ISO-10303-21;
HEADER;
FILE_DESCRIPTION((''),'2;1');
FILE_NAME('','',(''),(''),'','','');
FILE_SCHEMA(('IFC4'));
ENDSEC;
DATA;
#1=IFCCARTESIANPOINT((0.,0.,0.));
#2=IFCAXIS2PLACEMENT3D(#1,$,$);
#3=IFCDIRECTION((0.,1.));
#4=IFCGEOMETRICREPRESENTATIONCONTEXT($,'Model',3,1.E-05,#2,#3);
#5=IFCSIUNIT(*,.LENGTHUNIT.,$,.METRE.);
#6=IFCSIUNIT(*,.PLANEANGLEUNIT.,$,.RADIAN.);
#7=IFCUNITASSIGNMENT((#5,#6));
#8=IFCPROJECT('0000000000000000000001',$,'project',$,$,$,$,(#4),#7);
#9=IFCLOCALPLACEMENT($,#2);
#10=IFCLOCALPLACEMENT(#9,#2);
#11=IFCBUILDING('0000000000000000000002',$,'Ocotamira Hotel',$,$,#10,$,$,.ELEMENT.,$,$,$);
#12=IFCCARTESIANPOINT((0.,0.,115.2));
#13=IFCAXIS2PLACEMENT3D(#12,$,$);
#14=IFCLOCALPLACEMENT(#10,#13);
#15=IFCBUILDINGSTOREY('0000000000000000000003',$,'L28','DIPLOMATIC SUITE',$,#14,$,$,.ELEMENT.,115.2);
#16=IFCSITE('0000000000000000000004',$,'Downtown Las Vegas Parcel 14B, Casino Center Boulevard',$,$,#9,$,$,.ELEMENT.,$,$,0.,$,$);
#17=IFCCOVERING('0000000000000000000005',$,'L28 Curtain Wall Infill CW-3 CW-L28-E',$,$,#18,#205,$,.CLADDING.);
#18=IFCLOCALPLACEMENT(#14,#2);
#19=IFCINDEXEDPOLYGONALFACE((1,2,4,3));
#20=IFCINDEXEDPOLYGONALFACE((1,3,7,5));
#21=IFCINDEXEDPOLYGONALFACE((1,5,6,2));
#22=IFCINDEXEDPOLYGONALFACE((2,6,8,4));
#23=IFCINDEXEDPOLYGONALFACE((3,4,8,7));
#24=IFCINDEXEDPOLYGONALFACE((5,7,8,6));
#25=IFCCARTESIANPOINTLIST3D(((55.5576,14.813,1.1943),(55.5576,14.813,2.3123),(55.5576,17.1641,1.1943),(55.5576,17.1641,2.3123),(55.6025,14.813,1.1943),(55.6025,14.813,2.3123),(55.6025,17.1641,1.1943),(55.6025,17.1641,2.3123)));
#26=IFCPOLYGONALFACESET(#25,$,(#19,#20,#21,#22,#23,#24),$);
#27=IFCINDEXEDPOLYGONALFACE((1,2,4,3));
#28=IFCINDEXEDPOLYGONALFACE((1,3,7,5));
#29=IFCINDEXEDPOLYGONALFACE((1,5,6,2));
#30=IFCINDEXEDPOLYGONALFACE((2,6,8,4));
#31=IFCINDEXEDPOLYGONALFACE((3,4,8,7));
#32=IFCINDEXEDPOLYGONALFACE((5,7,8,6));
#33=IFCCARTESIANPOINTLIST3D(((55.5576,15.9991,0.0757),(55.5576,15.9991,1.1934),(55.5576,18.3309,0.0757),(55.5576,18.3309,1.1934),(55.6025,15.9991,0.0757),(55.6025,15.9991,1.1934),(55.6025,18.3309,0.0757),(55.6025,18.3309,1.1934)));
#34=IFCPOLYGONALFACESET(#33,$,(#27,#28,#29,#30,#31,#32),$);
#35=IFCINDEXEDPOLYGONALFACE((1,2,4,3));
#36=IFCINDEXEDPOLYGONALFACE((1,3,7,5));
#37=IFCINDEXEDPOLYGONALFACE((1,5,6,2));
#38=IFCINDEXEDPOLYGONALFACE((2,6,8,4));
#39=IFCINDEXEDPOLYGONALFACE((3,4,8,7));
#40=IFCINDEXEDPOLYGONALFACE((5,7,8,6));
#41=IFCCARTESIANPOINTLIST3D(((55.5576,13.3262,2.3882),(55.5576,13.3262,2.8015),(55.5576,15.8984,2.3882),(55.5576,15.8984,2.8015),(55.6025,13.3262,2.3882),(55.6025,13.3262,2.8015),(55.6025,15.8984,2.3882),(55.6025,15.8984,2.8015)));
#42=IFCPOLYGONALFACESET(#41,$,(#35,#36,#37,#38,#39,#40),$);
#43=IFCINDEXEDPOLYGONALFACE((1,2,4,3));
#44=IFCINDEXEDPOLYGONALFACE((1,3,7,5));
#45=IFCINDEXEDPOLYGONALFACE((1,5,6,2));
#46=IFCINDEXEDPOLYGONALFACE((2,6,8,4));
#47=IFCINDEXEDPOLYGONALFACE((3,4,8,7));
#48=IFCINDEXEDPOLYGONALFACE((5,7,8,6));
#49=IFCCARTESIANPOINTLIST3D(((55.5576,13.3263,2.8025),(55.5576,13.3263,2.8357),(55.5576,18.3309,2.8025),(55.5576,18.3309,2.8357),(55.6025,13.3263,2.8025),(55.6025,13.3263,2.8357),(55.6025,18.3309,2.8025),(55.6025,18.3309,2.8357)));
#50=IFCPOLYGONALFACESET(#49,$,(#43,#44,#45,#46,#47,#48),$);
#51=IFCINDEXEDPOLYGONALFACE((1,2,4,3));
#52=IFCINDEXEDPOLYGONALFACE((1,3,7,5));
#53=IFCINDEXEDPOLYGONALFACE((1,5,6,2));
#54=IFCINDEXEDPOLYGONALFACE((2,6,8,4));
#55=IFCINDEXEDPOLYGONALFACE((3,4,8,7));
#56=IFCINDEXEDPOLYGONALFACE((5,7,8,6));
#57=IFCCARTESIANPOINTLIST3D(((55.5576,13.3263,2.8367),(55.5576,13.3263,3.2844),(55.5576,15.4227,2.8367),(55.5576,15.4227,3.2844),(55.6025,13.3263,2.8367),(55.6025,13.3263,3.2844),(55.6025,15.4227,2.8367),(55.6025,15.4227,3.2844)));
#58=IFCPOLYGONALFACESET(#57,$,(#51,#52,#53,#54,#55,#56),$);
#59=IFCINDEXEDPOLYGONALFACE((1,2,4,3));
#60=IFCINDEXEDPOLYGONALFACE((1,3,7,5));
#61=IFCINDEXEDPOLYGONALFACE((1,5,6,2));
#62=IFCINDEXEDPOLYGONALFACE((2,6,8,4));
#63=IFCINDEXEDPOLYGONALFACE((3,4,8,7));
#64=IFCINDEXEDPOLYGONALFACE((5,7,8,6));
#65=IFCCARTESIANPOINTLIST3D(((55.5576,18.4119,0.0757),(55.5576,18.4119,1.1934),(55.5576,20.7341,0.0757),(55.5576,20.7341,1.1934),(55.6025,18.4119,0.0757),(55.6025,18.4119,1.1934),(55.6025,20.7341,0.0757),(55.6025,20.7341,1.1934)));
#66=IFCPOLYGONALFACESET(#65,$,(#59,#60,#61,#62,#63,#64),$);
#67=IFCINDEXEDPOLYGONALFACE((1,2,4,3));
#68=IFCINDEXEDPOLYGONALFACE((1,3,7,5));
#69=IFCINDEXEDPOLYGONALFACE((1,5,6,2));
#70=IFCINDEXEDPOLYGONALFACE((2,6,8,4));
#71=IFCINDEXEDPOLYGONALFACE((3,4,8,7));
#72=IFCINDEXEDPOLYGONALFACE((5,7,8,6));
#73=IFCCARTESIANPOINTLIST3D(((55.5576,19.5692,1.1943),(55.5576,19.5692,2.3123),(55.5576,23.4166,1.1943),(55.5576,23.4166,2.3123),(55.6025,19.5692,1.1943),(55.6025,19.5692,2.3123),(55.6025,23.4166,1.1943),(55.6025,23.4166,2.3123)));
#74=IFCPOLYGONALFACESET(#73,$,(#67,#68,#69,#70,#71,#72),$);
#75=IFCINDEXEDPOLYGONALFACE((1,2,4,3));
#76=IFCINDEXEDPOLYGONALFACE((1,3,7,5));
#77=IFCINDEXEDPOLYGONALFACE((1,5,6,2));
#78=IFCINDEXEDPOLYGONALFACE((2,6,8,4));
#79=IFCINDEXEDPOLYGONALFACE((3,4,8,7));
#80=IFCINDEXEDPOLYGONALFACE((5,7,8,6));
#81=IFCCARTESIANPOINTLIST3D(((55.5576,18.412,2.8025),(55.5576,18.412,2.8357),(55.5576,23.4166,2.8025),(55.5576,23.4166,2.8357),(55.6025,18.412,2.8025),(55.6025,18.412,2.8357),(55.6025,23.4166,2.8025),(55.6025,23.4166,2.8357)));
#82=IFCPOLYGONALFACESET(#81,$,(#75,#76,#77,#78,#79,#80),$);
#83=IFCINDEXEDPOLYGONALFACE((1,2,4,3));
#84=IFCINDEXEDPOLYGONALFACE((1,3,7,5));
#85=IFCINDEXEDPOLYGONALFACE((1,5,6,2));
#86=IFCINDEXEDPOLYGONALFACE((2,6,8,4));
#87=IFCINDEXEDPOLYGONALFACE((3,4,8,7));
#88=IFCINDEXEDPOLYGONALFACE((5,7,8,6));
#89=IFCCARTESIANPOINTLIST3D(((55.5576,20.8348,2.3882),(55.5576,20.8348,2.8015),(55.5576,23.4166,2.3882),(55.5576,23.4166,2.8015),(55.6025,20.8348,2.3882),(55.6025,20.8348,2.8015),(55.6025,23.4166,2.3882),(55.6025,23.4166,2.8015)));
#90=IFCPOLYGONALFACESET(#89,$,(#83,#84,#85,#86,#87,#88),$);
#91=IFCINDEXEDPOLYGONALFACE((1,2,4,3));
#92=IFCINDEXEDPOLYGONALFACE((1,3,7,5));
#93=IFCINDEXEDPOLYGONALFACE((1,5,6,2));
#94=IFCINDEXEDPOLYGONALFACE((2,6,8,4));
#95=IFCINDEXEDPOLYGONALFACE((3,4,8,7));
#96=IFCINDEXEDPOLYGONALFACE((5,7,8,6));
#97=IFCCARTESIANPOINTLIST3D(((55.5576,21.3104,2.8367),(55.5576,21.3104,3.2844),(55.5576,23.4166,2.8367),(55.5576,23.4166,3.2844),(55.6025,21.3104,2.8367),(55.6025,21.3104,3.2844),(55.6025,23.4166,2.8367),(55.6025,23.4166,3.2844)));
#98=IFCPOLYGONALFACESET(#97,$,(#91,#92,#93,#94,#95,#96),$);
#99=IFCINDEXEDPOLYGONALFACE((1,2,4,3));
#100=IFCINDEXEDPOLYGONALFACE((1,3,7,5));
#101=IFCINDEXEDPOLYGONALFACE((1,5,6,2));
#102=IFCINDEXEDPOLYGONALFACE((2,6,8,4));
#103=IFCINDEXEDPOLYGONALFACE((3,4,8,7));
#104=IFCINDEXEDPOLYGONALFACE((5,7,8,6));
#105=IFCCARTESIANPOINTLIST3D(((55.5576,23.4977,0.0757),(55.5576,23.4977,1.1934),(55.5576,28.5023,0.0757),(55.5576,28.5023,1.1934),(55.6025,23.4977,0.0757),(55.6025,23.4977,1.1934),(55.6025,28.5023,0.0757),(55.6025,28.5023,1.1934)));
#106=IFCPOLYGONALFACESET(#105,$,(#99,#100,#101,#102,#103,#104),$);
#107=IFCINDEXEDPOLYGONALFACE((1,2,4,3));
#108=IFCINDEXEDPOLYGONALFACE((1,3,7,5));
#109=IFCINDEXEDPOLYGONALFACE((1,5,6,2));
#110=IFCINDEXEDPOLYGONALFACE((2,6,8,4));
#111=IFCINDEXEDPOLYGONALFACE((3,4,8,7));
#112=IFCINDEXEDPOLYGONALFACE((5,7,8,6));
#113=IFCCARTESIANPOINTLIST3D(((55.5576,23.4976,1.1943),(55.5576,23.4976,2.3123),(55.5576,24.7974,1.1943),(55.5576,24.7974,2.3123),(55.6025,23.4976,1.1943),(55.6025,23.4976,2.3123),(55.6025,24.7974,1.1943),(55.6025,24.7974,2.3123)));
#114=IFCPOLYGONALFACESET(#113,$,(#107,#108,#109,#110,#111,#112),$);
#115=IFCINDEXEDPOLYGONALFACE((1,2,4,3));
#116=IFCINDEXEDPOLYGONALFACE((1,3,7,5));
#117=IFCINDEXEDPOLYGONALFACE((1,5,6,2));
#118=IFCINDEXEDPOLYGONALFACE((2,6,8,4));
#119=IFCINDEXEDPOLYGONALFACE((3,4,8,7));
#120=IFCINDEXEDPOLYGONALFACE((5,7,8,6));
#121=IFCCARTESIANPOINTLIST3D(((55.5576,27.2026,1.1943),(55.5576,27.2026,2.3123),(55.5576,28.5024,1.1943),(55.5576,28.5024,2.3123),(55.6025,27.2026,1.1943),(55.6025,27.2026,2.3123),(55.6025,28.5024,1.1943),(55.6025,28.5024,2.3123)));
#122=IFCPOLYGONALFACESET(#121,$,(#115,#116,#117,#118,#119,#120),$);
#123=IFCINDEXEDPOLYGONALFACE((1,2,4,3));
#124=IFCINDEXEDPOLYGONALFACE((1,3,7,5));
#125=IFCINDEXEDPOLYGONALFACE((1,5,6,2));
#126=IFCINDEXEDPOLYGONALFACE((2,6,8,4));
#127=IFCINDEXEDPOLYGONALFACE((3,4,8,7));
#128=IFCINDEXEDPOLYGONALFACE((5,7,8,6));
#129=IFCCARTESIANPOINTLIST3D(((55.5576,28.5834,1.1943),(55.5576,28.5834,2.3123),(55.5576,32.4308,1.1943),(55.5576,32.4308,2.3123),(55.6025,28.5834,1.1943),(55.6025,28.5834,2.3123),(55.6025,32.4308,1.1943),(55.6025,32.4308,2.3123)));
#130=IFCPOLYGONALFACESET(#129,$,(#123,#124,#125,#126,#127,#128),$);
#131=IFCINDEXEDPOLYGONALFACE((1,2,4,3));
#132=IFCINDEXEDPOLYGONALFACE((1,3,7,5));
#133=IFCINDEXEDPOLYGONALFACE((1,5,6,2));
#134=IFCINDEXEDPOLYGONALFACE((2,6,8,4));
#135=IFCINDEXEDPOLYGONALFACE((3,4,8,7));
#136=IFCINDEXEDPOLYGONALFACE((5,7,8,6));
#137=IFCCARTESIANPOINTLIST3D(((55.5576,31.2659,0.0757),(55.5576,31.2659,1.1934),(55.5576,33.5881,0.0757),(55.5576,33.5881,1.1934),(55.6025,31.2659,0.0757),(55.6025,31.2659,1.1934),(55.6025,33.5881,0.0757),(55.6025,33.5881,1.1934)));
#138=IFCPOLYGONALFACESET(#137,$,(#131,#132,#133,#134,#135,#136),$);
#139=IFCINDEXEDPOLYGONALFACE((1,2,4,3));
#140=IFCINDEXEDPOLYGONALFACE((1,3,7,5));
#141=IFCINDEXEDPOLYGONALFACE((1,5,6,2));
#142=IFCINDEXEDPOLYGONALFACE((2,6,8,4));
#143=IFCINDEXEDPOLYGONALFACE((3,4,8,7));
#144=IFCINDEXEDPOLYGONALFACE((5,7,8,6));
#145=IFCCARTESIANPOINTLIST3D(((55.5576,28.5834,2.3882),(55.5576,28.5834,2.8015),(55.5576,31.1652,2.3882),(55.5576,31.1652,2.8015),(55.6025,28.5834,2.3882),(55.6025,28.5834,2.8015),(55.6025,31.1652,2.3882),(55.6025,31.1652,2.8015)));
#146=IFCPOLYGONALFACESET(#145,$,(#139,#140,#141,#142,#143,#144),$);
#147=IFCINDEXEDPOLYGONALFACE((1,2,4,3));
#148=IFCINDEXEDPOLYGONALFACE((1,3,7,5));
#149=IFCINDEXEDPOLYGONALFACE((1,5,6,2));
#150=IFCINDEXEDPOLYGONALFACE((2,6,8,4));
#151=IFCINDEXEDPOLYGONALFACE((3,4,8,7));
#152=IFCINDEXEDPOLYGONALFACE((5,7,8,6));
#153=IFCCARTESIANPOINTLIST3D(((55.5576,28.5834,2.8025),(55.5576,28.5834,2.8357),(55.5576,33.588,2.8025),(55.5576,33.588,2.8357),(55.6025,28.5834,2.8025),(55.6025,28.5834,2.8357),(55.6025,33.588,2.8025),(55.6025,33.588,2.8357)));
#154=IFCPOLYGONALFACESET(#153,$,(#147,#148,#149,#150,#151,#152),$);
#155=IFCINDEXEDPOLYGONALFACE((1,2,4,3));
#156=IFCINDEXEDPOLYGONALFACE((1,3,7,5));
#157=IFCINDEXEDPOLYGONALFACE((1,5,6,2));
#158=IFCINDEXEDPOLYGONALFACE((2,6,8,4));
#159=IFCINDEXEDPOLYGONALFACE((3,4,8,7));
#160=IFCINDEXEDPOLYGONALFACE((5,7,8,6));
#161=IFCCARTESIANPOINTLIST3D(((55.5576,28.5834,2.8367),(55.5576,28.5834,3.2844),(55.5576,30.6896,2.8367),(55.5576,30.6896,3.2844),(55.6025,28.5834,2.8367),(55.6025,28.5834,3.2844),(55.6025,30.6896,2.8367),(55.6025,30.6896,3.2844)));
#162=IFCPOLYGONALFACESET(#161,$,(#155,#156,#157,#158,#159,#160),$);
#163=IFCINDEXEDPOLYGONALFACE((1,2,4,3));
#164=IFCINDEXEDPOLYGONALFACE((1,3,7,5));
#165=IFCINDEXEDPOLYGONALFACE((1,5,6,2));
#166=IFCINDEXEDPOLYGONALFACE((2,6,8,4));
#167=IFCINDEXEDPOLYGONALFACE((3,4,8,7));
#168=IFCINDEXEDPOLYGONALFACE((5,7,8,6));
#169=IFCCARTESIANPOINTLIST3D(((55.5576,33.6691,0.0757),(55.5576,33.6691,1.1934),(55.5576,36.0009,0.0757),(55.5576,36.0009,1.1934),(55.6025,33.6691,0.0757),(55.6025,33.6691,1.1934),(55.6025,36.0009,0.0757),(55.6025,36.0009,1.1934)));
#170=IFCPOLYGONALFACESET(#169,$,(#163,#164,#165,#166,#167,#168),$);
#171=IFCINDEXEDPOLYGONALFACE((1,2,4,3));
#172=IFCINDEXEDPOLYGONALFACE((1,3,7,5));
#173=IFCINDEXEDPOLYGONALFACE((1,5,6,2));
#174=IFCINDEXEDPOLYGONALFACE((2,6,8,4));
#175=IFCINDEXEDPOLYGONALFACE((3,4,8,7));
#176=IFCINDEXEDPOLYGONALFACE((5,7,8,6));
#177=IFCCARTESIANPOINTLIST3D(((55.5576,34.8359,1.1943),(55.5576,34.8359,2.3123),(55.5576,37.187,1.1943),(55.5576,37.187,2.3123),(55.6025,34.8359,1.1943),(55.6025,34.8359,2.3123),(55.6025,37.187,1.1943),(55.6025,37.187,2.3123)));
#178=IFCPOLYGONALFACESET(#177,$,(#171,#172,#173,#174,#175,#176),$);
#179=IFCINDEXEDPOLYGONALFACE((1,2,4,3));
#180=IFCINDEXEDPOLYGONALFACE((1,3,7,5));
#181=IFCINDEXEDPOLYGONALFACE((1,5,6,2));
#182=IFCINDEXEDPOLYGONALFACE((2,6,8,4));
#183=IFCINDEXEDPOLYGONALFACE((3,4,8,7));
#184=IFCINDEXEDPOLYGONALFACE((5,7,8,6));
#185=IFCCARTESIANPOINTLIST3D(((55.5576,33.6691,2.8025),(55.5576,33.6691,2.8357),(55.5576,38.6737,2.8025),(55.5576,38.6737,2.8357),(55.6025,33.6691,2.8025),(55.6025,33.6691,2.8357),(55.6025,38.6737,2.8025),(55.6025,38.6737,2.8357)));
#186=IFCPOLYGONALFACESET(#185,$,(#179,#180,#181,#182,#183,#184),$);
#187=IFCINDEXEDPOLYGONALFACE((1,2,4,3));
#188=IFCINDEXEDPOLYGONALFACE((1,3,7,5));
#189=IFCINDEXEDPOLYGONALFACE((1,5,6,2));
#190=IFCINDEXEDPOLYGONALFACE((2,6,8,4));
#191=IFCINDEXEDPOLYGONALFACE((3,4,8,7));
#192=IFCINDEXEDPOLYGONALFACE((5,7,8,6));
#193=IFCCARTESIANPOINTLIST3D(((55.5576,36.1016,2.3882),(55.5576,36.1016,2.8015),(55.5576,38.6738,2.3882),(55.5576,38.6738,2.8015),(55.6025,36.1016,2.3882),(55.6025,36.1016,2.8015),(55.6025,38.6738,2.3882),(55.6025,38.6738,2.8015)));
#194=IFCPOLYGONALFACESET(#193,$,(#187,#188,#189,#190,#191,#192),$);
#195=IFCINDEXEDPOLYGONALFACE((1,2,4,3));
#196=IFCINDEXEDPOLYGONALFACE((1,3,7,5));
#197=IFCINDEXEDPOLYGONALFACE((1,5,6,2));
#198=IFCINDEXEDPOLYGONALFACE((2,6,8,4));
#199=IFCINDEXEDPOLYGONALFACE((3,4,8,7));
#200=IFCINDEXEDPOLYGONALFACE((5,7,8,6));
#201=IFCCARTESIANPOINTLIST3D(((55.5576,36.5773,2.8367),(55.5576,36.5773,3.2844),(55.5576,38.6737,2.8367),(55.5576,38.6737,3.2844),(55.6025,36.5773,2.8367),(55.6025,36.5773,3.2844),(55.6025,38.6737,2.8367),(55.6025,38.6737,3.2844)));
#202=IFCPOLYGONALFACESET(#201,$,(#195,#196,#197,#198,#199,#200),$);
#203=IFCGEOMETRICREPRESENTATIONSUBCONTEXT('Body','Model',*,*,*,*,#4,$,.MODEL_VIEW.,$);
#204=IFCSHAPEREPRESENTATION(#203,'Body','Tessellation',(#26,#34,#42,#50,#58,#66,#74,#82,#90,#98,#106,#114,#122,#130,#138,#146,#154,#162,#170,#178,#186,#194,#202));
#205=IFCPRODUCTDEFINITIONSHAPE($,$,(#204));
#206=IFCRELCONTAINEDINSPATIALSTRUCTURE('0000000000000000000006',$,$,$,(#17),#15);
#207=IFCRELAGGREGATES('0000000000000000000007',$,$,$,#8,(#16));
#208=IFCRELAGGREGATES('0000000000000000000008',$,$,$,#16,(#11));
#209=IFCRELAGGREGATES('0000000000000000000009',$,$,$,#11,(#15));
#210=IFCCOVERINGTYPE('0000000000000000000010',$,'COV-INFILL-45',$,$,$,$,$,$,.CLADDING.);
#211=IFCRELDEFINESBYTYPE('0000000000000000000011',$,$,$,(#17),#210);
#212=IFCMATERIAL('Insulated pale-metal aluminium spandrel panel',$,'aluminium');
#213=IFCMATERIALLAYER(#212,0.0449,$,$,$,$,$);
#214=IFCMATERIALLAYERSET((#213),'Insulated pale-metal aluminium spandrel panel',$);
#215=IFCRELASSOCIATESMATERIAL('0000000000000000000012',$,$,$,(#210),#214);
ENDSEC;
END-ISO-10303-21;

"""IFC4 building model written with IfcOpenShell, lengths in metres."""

from ifc_helpers import new_model, si_unit, direction, frame, origin, origin_2d, place, context, subcontext, project, spatial, rectangle, extrude, material, layer, layer_set, type_object, element, save


model = new_model("IFC4")

# Units and contexts
model_context = context("Model", 3, precision=1e-05, world=origin(), true_north=direction((0.0, 1.0)))
body_context = subcontext(model_context, "Body", "Model", "MODEL_VIEW")
ifc_project = project(units=[si_unit("LENGTHUNIT", "METRE"), si_unit("PLANEANGLEUNIT", "RADIAN")], contexts=[model_context])

# Site, building, storey
site_placement = place(None, origin())
site = spatial("IfcSite", under=ifc_project, at=site_placement, Name="Downtown Las Vegas Parcel 14B, Casino Center Boulevard", CompositionType="ELEMENT", RefElevation=0.0)
building_placement = place(site_placement, origin())
building = spatial("IfcBuilding", under=site, at=building_placement, Name="Ocotamira Hotel", CompositionType="ELEMENT")
storey_placement = place(building_placement, frame((0.0, 0.0, 115.2)))
storey = spatial("IfcBuildingStorey", under=building, at=storey_placement, Name="L28", Description="DIPLOMATIC SUITE", CompositionType="ELEMENT", Elevation=115.2)

# Covering
ifc_material_1 = material(Name="Insulated pale-metal aluminium spandrel panel", Category="aluminium")
ifc_layer_1 = layer(ifc_material_1, 0.0449)
ifc_layer_set_1 = layer_set([ifc_layer_1], Name="Insulated pale-metal aluminium spandrel panel")
covering_type_1 = type_object("IfcCoveringType", Name="COV-INFILL-45", PredefinedType="CLADDING", material=ifc_layer_set_1)
covering_1_placement = place(storey_placement, origin())
element("IfcCovering", 1, at=covering_1_placement, inside=storey, type_object=covering_type_1, Name="L28 Curtain Wall Infill CW-3 CW-L28-E", PredefinedType="CLADDING", context=body_context, shape_type="SweptSolid", body=[
    extrude(rectangle(XDim=2.3511, YDim=0.0449, at=origin_2d()), frame((55.5801, 15.9885, 1.1943), z_axis=(0.0, 0.0, 1.0), x_axis=(0.0, 1.0, 0.0)), (0.0, 0.0, 1.0), 1.1179),
    extrude(rectangle(XDim=2.3318, YDim=0.0449, at=origin_2d()), frame((55.5801, 17.165, 0.0757), z_axis=(0.0, 0.0, 1.0), x_axis=(0.0, 1.0, 0.0)), (0.0, 0.0, 1.0), 1.1177),
    extrude(rectangle(XDim=2.5723, YDim=0.0449, at=origin_2d()), frame((55.5801, 14.6123, 2.3882), z_axis=(0.0, 0.0, 1.0), x_axis=(0.0, 1.0, 0.0)), (0.0, 0.0, 1.0), 0.4133),
    extrude(rectangle(XDim=5.0046, YDim=0.0449, at=origin_2d()), frame((55.5801, 15.8286, 2.8025), z_axis=(0.0, 0.0, 1.0), x_axis=(0.0, 1.0, 0.0)), (0.0, 0.0, 1.0), 0.0332),
    extrude(rectangle(XDim=2.0964, YDim=0.0449, at=origin_2d()), frame((55.5801, 14.3745, 2.8367), z_axis=(0.0, 0.0, 1.0), x_axis=(0.0, 1.0, 0.0)), (0.0, 0.0, 1.0), 0.4478),
    extrude(rectangle(XDim=2.3223, YDim=0.0449, at=origin_2d()), frame((55.5801, 19.573, 0.0757), z_axis=(0.0, 0.0, 1.0), x_axis=(0.0, 1.0, 0.0)), (0.0, 0.0, 1.0), 1.1177),
    extrude(rectangle(XDim=3.8474, YDim=0.0449, at=origin_2d()), frame((55.5801, 21.4929, 1.1943), z_axis=(0.0, 0.0, 1.0), x_axis=(0.0, 1.0, 0.0)), (0.0, 0.0, 1.0), 1.1179),
    extrude(rectangle(XDim=5.0046, YDim=0.0449, at=origin_2d()), frame((55.5801, 20.9143, 2.8025), z_axis=(0.0, 0.0, 1.0), x_axis=(0.0, 1.0, 0.0)), (0.0, 0.0, 1.0), 0.0332),
    extrude(rectangle(XDim=2.5818, YDim=0.0449, at=origin_2d()), frame((55.5801, 22.1257, 2.3882), z_axis=(0.0, 0.0, 1.0), x_axis=(0.0, 1.0, 0.0)), (0.0, 0.0, 1.0), 0.4133),
    extrude(rectangle(XDim=2.1062, YDim=0.0449, at=origin_2d()), frame((55.5801, 22.3635, 2.8367), z_axis=(0.0, 0.0, 1.0), x_axis=(0.0, 1.0, 0.0)), (0.0, 0.0, 1.0), 0.4478),
    extrude(rectangle(XDim=5.0046, YDim=0.0449, at=origin_2d()), frame((55.5801, 26.0, 0.0757), z_axis=(0.0, 0.0, 1.0), x_axis=(0.0, 1.0, 0.0)), (0.0, 0.0, 1.0), 1.1177),
    extrude(rectangle(XDim=1.2998, YDim=0.0449, at=origin_2d()), frame((55.5801, 24.1475, 1.1943), z_axis=(0.0, 0.0, 1.0), x_axis=(0.0, 1.0, 0.0)), (0.0, 0.0, 1.0), 1.1179),
    extrude(rectangle(XDim=1.2998, YDim=0.0449, at=origin_2d()), frame((55.5801, 27.8525, 1.1943), z_axis=(0.0, 0.0, 1.0), x_axis=(0.0, 1.0, 0.0)), (0.0, 0.0, 1.0), 1.1179),
    extrude(rectangle(XDim=3.8474, YDim=0.0449, at=origin_2d()), frame((55.5801, 30.5071, 1.1943), z_axis=(0.0, 0.0, 1.0), x_axis=(0.0, 1.0, 0.0)), (0.0, 0.0, 1.0), 1.1179),
    extrude(rectangle(XDim=2.3223, YDim=0.0449, at=origin_2d()), frame((55.5801, 32.427, 0.0757), z_axis=(0.0, 0.0, 1.0), x_axis=(0.0, 1.0, 0.0)), (0.0, 0.0, 1.0), 1.1177),
    extrude(rectangle(XDim=2.5818, YDim=0.0449, at=origin_2d()), frame((55.5801, 29.8743, 2.3882), z_axis=(0.0, 0.0, 1.0), x_axis=(0.0, 1.0, 0.0)), (0.0, 0.0, 1.0), 0.4133),
    extrude(rectangle(XDim=5.0046, YDim=0.0449, at=origin_2d()), frame((55.5801, 31.0857, 2.8025), z_axis=(0.0, 0.0, 1.0), x_axis=(0.0, 1.0, 0.0)), (0.0, 0.0, 1.0), 0.0332),
    extrude(rectangle(XDim=2.1062, YDim=0.0449, at=origin_2d()), frame((55.5801, 29.6365, 2.8367), z_axis=(0.0, 0.0, 1.0), x_axis=(0.0, 1.0, 0.0)), (0.0, 0.0, 1.0), 0.4478),
    extrude(rectangle(XDim=2.3318, YDim=0.0449, at=origin_2d()), frame((55.5801, 34.835, 0.0757), z_axis=(0.0, 0.0, 1.0), x_axis=(0.0, 1.0, 0.0)), (0.0, 0.0, 1.0), 1.1177),
    extrude(rectangle(XDim=2.3511, YDim=0.0449, at=origin_2d()), frame((55.5801, 36.0115, 1.1943), z_axis=(0.0, 0.0, 1.0), x_axis=(0.0, 1.0, 0.0)), (0.0, 0.0, 1.0), 1.1179),
    extrude(rectangle(XDim=5.0046, YDim=0.0449, at=origin_2d()), frame((55.5801, 36.1714, 2.8025), z_axis=(0.0, 0.0, 1.0), x_axis=(0.0, 1.0, 0.0)), (0.0, 0.0, 1.0), 0.0332),
    extrude(rectangle(XDim=2.5723, YDim=0.0449, at=origin_2d()), frame((55.5801, 37.3877, 2.3882), z_axis=(0.0, 0.0, 1.0), x_axis=(0.0, 1.0, 0.0)), (0.0, 0.0, 1.0), 0.4133),
    extrude(rectangle(XDim=2.0964, YDim=0.0449, at=origin_2d()), frame((55.5801, 37.6255, 2.8367), z_axis=(0.0, 0.0, 1.0), x_axis=(0.0, 1.0, 0.0)), (0.0, 0.0, 1.0), 0.4478),
])

save(model, "model.ifc")
